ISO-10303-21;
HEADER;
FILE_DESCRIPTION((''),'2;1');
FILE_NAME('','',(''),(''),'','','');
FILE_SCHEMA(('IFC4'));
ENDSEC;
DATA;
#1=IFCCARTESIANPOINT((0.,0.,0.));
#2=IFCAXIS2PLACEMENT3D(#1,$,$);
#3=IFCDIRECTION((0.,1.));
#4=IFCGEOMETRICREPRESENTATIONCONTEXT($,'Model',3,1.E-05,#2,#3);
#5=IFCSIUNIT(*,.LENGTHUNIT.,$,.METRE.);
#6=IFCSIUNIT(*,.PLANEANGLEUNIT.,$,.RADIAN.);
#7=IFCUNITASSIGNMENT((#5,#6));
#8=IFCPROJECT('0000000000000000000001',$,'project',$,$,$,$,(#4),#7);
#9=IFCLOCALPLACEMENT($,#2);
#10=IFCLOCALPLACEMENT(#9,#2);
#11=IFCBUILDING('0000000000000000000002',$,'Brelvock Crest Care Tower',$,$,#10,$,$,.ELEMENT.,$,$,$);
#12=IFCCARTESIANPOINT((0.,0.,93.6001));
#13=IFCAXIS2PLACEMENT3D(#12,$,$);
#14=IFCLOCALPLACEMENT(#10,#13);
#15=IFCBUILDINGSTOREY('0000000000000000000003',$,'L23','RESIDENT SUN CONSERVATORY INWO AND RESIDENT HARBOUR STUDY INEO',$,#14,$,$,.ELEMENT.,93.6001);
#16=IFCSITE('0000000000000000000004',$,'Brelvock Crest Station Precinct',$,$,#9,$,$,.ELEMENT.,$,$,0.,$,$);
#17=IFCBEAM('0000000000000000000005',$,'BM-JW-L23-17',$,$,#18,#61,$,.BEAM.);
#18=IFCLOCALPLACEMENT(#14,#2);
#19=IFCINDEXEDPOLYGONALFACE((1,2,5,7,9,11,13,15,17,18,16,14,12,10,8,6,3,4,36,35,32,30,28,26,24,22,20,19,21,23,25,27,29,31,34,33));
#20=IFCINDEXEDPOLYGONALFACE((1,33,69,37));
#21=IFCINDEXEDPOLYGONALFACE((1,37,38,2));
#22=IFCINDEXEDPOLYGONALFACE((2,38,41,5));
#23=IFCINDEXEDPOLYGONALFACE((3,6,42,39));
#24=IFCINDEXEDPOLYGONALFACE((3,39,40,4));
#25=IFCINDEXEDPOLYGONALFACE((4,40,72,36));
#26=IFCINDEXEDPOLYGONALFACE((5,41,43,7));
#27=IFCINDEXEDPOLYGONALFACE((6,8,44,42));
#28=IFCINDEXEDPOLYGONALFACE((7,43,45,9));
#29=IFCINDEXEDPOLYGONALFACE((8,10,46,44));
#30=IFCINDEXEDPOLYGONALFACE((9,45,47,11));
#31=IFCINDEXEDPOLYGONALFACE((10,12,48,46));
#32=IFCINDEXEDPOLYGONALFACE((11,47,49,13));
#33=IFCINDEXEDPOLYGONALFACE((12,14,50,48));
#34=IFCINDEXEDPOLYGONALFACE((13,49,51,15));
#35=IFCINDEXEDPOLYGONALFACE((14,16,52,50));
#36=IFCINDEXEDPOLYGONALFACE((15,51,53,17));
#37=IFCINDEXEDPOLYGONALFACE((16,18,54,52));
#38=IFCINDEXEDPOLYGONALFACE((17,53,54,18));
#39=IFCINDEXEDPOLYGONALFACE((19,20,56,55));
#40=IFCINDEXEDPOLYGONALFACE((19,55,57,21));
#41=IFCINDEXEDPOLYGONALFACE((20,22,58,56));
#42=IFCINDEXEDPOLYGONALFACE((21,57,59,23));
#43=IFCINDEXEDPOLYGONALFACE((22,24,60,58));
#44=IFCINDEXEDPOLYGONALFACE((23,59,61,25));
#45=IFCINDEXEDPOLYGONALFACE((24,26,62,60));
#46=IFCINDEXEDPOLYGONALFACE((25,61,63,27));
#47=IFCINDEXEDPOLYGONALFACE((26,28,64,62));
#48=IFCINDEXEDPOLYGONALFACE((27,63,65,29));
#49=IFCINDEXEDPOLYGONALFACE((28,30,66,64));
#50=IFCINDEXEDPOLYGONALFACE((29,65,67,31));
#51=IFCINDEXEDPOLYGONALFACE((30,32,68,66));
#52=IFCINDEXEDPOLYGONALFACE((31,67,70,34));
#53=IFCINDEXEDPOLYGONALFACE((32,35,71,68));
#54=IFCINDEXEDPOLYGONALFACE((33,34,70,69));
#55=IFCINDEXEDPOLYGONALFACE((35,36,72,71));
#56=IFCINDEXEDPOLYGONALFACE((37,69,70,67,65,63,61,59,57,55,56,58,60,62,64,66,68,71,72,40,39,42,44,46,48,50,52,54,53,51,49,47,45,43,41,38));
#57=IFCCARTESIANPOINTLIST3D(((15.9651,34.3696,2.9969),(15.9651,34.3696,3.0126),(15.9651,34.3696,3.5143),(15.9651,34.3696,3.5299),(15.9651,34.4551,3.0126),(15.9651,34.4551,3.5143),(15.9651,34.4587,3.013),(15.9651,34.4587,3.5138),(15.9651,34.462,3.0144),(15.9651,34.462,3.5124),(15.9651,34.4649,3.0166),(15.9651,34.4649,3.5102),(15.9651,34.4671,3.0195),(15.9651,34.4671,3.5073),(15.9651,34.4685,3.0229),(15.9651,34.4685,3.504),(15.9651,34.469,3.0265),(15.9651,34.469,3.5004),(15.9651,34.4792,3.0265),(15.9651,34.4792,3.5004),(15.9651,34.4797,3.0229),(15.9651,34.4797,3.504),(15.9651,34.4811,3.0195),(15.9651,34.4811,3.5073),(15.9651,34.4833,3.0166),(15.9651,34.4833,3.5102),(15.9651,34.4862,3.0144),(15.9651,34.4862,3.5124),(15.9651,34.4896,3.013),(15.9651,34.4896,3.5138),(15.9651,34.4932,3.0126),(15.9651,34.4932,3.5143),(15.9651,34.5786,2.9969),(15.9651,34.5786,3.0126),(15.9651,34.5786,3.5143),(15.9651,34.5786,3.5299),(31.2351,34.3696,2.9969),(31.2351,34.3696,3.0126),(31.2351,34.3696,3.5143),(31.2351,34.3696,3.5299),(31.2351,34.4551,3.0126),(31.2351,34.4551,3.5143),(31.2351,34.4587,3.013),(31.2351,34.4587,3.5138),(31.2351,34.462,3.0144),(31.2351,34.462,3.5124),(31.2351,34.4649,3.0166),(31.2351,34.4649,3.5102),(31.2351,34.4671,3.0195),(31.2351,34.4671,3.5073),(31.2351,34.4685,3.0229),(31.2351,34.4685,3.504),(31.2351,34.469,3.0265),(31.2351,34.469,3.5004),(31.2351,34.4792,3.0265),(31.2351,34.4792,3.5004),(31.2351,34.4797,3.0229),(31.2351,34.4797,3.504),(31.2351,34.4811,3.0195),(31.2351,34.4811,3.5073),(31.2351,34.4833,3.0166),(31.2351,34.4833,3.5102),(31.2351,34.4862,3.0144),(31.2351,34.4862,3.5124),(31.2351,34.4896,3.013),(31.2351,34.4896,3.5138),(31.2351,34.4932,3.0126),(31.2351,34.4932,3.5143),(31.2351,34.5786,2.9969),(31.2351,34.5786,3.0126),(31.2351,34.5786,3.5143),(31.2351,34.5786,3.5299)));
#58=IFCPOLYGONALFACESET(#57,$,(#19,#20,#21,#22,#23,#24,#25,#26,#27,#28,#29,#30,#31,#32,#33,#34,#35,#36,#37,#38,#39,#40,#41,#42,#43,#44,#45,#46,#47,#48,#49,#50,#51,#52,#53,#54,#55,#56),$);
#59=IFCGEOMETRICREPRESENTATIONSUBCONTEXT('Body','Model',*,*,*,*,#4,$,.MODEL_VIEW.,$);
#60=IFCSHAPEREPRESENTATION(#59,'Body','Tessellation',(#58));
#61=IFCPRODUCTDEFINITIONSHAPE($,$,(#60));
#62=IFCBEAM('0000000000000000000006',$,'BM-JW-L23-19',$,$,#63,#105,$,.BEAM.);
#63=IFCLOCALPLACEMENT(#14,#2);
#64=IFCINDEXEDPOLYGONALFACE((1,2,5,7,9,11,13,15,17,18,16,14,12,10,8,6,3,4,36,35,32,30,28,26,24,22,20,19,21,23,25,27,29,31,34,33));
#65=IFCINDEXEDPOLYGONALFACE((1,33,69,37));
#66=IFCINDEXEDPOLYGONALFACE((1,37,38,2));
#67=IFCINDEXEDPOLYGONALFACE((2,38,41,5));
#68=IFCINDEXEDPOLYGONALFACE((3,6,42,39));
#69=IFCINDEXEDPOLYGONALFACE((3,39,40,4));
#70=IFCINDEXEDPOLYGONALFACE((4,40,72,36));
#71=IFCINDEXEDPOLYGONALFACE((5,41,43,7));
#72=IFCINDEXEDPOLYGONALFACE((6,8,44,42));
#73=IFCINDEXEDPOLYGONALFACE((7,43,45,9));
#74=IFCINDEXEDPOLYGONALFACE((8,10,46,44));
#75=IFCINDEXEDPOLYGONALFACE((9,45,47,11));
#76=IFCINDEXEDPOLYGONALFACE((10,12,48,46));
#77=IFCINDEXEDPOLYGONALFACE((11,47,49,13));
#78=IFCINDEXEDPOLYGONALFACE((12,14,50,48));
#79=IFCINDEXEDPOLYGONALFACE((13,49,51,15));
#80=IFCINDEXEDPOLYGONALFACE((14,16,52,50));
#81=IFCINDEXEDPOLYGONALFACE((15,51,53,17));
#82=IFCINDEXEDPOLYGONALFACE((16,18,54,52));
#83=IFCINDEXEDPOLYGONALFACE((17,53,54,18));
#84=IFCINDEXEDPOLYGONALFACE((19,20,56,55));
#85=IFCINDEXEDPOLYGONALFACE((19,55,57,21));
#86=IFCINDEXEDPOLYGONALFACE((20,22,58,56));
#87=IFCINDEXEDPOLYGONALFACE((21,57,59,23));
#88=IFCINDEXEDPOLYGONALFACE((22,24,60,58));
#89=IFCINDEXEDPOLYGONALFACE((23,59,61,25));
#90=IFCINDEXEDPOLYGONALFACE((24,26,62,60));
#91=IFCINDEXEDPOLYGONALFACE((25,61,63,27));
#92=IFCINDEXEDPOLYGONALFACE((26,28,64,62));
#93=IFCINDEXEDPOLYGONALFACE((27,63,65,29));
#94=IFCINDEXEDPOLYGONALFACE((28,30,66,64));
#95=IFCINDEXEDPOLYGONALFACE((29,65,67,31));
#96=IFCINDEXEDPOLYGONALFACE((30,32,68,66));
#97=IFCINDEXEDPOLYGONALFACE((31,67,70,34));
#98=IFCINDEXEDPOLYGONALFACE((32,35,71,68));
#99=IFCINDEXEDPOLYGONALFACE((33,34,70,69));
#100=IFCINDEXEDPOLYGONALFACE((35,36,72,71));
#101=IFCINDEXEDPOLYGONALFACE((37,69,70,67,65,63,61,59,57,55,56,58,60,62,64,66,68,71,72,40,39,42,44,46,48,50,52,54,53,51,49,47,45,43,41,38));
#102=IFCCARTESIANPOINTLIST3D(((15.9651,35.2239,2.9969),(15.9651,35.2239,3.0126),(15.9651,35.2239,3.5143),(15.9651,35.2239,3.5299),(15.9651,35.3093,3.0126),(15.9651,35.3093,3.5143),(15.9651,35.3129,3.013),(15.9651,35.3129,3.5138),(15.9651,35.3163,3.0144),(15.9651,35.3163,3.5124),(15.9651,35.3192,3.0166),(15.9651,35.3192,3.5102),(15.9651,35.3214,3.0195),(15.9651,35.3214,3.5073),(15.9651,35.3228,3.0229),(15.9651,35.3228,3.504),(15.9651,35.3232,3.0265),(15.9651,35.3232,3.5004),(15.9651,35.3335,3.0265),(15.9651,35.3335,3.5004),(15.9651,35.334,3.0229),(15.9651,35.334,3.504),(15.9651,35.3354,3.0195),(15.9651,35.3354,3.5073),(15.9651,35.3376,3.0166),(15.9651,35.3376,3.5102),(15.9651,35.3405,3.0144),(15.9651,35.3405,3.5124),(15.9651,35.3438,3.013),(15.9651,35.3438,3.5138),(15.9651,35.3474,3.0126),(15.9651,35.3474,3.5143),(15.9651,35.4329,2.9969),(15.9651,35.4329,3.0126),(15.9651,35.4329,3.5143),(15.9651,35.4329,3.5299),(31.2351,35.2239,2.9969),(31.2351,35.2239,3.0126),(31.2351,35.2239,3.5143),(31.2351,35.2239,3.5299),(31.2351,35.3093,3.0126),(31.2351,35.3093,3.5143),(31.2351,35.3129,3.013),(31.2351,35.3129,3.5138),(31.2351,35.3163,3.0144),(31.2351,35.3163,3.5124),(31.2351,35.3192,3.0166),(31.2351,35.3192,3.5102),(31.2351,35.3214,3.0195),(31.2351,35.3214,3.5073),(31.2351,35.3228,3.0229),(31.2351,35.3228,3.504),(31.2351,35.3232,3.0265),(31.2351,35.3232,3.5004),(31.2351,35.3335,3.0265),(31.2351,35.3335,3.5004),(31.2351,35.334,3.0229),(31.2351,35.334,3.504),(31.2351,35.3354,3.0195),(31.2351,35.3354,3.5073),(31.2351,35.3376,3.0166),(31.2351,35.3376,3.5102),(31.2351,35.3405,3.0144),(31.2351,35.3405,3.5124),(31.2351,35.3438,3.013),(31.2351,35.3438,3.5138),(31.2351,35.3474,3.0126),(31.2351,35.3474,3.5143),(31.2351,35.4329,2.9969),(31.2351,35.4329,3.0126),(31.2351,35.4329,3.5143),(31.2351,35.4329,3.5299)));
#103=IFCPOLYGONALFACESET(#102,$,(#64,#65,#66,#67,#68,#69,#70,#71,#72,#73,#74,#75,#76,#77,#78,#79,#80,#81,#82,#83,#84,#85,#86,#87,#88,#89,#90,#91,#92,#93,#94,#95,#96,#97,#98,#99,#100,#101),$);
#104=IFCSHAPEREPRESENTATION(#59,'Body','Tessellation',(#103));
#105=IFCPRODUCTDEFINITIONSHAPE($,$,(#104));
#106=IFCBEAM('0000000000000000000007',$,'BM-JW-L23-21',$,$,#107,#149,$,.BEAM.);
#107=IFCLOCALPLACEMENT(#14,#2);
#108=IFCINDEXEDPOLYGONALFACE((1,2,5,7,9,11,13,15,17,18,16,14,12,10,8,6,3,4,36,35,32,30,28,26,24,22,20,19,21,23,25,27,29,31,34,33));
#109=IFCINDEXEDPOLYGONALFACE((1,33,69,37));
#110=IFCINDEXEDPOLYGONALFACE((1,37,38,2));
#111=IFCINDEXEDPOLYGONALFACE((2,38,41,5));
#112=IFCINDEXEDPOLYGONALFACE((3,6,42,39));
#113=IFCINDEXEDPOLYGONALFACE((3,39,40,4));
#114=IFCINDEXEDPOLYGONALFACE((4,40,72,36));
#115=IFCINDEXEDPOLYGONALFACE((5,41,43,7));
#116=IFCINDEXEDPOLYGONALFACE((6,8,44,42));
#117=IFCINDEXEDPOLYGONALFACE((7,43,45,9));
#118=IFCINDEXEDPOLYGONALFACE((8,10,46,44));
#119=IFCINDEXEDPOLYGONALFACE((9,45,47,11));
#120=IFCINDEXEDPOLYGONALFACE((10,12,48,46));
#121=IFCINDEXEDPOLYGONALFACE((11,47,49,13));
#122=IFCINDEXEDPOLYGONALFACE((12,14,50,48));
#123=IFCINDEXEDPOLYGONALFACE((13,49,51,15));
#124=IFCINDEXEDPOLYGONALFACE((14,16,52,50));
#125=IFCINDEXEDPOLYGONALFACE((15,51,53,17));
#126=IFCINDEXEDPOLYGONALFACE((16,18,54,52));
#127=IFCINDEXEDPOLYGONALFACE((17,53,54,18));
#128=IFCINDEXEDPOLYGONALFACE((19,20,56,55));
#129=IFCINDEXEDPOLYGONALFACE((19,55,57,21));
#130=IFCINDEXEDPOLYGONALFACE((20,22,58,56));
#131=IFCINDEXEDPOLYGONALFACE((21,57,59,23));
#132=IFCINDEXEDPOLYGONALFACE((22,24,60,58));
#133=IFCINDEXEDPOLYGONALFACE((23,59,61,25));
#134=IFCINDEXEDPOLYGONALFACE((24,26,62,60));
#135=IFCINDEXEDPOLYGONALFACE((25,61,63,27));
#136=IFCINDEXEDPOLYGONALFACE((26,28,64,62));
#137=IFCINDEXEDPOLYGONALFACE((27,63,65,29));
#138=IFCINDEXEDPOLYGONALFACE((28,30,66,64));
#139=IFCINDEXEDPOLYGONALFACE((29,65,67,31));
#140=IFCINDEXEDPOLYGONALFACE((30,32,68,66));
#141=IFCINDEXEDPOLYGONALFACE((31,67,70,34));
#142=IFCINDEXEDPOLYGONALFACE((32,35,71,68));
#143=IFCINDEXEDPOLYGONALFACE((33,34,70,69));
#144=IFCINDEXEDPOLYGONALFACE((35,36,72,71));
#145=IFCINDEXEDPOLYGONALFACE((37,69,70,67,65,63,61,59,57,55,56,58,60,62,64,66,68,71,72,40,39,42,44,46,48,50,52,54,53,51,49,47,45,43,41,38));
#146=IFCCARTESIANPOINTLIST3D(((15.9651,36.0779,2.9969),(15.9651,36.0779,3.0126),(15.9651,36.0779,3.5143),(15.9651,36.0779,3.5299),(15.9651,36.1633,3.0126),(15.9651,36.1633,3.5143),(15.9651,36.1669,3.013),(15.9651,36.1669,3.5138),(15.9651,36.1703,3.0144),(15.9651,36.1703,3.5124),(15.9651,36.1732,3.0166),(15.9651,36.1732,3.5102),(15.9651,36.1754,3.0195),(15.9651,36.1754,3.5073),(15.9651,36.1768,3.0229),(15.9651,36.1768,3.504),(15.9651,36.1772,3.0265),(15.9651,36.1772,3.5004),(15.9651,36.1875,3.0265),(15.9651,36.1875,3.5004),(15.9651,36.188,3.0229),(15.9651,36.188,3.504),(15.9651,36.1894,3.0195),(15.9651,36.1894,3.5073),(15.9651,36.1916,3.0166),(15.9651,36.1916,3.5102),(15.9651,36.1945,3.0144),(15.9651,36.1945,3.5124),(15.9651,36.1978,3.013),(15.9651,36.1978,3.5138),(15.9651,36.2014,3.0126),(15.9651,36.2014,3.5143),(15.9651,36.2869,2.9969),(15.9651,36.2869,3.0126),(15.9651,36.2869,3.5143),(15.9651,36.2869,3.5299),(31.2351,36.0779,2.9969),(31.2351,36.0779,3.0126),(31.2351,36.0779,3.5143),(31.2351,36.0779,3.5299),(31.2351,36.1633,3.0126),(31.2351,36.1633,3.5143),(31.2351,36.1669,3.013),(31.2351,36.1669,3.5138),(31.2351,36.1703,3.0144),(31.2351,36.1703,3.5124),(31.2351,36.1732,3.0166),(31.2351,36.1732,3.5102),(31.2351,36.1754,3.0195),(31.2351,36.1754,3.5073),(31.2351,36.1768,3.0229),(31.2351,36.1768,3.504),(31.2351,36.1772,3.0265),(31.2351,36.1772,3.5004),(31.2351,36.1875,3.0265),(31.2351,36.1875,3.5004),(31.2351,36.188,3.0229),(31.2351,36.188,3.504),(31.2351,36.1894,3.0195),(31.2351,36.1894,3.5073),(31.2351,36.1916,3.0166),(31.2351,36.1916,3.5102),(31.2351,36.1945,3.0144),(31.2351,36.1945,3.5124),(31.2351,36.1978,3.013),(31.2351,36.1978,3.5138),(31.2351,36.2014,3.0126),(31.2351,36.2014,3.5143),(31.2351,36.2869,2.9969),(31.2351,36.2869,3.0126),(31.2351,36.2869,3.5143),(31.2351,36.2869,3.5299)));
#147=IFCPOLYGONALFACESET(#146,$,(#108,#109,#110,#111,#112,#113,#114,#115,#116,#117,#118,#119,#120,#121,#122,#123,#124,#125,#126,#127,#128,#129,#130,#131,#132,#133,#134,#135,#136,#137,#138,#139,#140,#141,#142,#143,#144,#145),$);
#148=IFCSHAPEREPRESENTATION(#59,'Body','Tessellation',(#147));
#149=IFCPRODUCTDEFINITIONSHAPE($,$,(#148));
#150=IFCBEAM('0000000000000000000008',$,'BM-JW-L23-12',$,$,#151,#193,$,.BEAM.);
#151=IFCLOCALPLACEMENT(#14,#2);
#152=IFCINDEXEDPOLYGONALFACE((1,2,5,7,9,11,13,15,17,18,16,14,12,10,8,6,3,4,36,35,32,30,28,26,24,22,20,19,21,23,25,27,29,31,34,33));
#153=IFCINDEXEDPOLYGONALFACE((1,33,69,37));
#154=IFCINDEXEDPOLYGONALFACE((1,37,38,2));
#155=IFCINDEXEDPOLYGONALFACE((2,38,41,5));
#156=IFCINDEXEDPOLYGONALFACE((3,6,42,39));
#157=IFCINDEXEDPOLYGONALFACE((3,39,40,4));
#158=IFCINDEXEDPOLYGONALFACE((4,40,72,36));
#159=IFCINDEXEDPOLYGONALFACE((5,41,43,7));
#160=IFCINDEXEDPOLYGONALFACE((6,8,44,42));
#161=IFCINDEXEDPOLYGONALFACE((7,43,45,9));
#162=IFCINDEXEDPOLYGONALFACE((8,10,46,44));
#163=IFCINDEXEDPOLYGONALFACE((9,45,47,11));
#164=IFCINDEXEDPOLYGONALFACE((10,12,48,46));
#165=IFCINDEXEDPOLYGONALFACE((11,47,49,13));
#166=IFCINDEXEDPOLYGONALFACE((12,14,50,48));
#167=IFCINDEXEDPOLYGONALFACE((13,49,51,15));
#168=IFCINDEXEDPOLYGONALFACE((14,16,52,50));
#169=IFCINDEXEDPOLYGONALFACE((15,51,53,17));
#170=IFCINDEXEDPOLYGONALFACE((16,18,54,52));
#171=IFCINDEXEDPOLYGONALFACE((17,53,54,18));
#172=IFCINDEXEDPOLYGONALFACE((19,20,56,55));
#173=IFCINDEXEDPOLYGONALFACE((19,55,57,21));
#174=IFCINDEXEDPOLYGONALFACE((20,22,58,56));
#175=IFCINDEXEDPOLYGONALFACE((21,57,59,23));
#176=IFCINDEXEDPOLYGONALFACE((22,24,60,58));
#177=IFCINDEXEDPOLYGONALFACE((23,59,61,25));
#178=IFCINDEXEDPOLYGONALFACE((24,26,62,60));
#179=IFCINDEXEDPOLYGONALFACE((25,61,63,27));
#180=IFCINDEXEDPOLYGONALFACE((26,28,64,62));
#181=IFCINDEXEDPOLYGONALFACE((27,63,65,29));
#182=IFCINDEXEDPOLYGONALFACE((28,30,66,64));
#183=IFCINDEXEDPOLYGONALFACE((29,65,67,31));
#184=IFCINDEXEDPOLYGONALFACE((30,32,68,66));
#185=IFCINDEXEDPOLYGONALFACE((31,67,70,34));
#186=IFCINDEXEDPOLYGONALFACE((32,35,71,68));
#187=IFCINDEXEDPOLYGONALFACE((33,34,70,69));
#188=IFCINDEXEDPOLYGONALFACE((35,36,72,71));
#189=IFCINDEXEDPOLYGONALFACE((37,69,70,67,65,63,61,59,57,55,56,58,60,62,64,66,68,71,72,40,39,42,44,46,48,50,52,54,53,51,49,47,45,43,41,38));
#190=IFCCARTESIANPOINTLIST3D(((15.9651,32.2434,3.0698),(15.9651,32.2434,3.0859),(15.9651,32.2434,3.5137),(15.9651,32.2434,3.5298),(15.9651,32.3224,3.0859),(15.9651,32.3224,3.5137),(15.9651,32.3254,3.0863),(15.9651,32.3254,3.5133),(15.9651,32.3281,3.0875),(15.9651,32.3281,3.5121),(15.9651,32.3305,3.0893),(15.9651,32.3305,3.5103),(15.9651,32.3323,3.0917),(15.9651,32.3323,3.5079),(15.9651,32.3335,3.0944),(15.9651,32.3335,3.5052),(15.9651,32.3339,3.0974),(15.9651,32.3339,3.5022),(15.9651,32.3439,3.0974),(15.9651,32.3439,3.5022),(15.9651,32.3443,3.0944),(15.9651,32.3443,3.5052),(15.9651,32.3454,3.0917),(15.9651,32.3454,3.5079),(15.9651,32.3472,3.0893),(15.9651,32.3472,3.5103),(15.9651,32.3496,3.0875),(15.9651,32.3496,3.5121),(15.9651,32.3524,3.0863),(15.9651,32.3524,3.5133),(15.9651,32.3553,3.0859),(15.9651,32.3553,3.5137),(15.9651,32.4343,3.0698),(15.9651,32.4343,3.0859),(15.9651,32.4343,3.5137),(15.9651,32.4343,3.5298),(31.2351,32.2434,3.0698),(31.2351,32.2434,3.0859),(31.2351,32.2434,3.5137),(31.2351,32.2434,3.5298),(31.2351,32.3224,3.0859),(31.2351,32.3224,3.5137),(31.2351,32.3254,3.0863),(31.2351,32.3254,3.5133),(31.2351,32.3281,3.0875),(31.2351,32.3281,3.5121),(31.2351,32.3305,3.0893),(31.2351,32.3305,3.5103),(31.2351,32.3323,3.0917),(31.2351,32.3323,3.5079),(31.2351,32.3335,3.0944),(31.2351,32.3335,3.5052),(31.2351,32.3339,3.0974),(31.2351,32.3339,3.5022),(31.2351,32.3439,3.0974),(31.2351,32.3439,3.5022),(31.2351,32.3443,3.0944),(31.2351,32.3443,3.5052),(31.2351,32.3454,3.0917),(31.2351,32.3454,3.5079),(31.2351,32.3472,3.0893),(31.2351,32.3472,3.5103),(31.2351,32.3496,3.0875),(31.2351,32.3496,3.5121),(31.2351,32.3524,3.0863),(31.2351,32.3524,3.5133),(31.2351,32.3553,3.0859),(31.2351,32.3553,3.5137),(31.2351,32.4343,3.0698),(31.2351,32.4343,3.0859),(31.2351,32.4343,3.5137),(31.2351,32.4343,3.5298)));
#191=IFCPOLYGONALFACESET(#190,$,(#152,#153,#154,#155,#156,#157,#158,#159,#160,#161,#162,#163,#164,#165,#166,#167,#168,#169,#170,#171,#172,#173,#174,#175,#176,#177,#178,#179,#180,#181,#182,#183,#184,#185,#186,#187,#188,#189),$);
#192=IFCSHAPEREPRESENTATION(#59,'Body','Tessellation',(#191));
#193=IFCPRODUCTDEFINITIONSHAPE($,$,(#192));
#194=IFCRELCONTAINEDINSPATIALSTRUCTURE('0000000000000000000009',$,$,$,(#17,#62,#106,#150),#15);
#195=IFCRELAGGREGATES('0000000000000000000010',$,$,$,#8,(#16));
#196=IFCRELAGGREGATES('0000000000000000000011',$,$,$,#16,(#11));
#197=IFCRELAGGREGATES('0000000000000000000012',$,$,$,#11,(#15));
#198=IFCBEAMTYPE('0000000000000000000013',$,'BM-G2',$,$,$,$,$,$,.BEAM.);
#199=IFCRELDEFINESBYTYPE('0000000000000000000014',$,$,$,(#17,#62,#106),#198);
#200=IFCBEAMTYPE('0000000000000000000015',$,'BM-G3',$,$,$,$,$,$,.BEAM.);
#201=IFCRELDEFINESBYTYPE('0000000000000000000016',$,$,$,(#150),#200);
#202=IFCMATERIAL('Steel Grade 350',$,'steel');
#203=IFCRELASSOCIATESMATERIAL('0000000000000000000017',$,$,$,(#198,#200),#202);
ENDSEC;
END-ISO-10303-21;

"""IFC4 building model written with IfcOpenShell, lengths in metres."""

from ifc_helpers import new_model, si_unit, direction, frame, origin, origin_2d, place, context, subcontext, project, spatial, i_section, extrude, source, transform, mapped, material, material_profile, profile_set, type_object, element, save


model = new_model("IFC4")

# Units and contexts
model_context = context("Model", 3, precision=1e-05, world=origin(), true_north=direction((0.0, 1.0)))
body_context = subcontext(model_context, "Body", "Model", "MODEL_VIEW")
ifc_project = project(units=[si_unit("LENGTHUNIT", "METRE"), si_unit("PLANEANGLEUNIT", "RADIAN")], contexts=[model_context])

# Site, building, storey
site_placement = place(None, origin())
site = spatial("IfcSite", under=ifc_project, at=site_placement, Name="Brelvock Crest Station Precinct", CompositionType="ELEMENT", RefElevation=0.0)
building_placement = place(site_placement, origin())
building = spatial("IfcBuilding", under=site, at=building_placement, Name="Brelvock Crest Care Tower", CompositionType="ELEMENT")
storey_placement = place(building_placement, frame((0.0, 0.0, 93.6001)))
storey = spatial("IfcBuildingStorey", under=building, at=storey_placement, Name="L23", Description="RESIDENT SUN CONSERVATORY INWO AND RESIDENT HARBOUR STUDY INEO", CompositionType="ELEMENT", Elevation=93.6001)

# Shared definitions
ifc_material_1 = material(Name="Steel Grade 350", Category="steel")

# Beams
ifc_material_profile_1 = material_profile(ifc_material_1, i_section(OverallWidth=0.209, OverallDepth=0.533, WebThickness=0.0103, FlangeThickness=0.0156, FilletRadius=0.0139, at=origin_2d()), Name="530UB92.4")
ifc_profile_set_1 = profile_set([ifc_material_profile_1], Name="Steel Grade 350")
beam_type_1 = type_object("IfcBeamType", Name="BM-G2", PredefinedType="BEAM", material=ifc_profile_set_1)
shared_shape_1 = source(origin(), body_context, "Body", "SweptSolid", [
    extrude(i_section(OverallWidth=0.209, OverallDepth=0.533, WebThickness=0.0103, FlangeThickness=0.0156, FilletRadius=0.0139, at=origin_2d()), origin(), (0.0, 0.0, 1.0), 15.27),
])
for number, where, z_axis, x_axis, name in (
    (1, (15.9651, 34.4741, 3.2634), (1.0, 0.0, 0.0), (0.0, 1.0, 0.0), "BM-JW-L23-17"),
    (2, (15.9651, 35.3284, 3.2634), (1.0, 0.0, 0.0), (0.0, 1.0, 0.0), "BM-JW-L23-19"),
    (3, (15.9651, 36.1824, 3.2634), (1.0, 0.0, 0.0), (0.0, 1.0, 0.0), "BM-JW-L23-21"),
):
    element("IfcBeam", number, at=place(storey_placement, frame(where, z_axis=z_axis, x_axis=x_axis)), inside=storey, type_object=beam_type_1, Name=name, PredefinedType="BEAM", context=body_context, shape_type="MappedRepresentation", body=[
        mapped(shared_shape_1, transform((0.0, 0.0, 0.0), x_axis=(1.0, 0.0, 0.0), y_axis=(0.0, 1.0, 0.0), z_axis=(0.0, 0.0, 1.0), scale=1.0)),
    ])
ifc_material_profile_2 = material_profile(ifc_material_1, i_section(OverallWidth=0.1909, OverallDepth=0.46, WebThickness=0.01, FlangeThickness=0.0161, FilletRadius=0.0115, at=origin_2d()), Name="460UB82.1")
ifc_profile_set_2 = profile_set([ifc_material_profile_2], Name="Steel Grade 350")
beam_type_2 = type_object("IfcBeamType", Name="BM-G3", PredefinedType="BEAM", material=ifc_profile_set_2)
shared_shape_2 = source(origin(), body_context, "Body", "SweptSolid", [
    extrude(i_section(OverallWidth=0.1909, OverallDepth=0.46, WebThickness=0.01, FlangeThickness=0.0161, FilletRadius=0.0115, at=origin_2d()), origin(), (0.0, 0.0, 1.0), 15.27),
])
for number, where, z_axis, x_axis, name in (
    (4, (15.9651, 32.3389, 3.2998), (1.0, 0.0, 0.0), (0.0, 1.0, 0.0), "BM-JW-L23-12"),
):
    element("IfcBeam", number, at=place(storey_placement, frame(where, z_axis=z_axis, x_axis=x_axis)), inside=storey, type_object=beam_type_2, Name=name, PredefinedType="BEAM", context=body_context, shape_type="MappedRepresentation", body=[
        mapped(shared_shape_2, transform((0.0, 0.0, 0.0), x_axis=(1.0, 0.0, 0.0), y_axis=(0.0, 1.0, 0.0), z_axis=(0.0, 0.0, 1.0), scale=1.0)),
    ])

save(model, "model.ifc")
